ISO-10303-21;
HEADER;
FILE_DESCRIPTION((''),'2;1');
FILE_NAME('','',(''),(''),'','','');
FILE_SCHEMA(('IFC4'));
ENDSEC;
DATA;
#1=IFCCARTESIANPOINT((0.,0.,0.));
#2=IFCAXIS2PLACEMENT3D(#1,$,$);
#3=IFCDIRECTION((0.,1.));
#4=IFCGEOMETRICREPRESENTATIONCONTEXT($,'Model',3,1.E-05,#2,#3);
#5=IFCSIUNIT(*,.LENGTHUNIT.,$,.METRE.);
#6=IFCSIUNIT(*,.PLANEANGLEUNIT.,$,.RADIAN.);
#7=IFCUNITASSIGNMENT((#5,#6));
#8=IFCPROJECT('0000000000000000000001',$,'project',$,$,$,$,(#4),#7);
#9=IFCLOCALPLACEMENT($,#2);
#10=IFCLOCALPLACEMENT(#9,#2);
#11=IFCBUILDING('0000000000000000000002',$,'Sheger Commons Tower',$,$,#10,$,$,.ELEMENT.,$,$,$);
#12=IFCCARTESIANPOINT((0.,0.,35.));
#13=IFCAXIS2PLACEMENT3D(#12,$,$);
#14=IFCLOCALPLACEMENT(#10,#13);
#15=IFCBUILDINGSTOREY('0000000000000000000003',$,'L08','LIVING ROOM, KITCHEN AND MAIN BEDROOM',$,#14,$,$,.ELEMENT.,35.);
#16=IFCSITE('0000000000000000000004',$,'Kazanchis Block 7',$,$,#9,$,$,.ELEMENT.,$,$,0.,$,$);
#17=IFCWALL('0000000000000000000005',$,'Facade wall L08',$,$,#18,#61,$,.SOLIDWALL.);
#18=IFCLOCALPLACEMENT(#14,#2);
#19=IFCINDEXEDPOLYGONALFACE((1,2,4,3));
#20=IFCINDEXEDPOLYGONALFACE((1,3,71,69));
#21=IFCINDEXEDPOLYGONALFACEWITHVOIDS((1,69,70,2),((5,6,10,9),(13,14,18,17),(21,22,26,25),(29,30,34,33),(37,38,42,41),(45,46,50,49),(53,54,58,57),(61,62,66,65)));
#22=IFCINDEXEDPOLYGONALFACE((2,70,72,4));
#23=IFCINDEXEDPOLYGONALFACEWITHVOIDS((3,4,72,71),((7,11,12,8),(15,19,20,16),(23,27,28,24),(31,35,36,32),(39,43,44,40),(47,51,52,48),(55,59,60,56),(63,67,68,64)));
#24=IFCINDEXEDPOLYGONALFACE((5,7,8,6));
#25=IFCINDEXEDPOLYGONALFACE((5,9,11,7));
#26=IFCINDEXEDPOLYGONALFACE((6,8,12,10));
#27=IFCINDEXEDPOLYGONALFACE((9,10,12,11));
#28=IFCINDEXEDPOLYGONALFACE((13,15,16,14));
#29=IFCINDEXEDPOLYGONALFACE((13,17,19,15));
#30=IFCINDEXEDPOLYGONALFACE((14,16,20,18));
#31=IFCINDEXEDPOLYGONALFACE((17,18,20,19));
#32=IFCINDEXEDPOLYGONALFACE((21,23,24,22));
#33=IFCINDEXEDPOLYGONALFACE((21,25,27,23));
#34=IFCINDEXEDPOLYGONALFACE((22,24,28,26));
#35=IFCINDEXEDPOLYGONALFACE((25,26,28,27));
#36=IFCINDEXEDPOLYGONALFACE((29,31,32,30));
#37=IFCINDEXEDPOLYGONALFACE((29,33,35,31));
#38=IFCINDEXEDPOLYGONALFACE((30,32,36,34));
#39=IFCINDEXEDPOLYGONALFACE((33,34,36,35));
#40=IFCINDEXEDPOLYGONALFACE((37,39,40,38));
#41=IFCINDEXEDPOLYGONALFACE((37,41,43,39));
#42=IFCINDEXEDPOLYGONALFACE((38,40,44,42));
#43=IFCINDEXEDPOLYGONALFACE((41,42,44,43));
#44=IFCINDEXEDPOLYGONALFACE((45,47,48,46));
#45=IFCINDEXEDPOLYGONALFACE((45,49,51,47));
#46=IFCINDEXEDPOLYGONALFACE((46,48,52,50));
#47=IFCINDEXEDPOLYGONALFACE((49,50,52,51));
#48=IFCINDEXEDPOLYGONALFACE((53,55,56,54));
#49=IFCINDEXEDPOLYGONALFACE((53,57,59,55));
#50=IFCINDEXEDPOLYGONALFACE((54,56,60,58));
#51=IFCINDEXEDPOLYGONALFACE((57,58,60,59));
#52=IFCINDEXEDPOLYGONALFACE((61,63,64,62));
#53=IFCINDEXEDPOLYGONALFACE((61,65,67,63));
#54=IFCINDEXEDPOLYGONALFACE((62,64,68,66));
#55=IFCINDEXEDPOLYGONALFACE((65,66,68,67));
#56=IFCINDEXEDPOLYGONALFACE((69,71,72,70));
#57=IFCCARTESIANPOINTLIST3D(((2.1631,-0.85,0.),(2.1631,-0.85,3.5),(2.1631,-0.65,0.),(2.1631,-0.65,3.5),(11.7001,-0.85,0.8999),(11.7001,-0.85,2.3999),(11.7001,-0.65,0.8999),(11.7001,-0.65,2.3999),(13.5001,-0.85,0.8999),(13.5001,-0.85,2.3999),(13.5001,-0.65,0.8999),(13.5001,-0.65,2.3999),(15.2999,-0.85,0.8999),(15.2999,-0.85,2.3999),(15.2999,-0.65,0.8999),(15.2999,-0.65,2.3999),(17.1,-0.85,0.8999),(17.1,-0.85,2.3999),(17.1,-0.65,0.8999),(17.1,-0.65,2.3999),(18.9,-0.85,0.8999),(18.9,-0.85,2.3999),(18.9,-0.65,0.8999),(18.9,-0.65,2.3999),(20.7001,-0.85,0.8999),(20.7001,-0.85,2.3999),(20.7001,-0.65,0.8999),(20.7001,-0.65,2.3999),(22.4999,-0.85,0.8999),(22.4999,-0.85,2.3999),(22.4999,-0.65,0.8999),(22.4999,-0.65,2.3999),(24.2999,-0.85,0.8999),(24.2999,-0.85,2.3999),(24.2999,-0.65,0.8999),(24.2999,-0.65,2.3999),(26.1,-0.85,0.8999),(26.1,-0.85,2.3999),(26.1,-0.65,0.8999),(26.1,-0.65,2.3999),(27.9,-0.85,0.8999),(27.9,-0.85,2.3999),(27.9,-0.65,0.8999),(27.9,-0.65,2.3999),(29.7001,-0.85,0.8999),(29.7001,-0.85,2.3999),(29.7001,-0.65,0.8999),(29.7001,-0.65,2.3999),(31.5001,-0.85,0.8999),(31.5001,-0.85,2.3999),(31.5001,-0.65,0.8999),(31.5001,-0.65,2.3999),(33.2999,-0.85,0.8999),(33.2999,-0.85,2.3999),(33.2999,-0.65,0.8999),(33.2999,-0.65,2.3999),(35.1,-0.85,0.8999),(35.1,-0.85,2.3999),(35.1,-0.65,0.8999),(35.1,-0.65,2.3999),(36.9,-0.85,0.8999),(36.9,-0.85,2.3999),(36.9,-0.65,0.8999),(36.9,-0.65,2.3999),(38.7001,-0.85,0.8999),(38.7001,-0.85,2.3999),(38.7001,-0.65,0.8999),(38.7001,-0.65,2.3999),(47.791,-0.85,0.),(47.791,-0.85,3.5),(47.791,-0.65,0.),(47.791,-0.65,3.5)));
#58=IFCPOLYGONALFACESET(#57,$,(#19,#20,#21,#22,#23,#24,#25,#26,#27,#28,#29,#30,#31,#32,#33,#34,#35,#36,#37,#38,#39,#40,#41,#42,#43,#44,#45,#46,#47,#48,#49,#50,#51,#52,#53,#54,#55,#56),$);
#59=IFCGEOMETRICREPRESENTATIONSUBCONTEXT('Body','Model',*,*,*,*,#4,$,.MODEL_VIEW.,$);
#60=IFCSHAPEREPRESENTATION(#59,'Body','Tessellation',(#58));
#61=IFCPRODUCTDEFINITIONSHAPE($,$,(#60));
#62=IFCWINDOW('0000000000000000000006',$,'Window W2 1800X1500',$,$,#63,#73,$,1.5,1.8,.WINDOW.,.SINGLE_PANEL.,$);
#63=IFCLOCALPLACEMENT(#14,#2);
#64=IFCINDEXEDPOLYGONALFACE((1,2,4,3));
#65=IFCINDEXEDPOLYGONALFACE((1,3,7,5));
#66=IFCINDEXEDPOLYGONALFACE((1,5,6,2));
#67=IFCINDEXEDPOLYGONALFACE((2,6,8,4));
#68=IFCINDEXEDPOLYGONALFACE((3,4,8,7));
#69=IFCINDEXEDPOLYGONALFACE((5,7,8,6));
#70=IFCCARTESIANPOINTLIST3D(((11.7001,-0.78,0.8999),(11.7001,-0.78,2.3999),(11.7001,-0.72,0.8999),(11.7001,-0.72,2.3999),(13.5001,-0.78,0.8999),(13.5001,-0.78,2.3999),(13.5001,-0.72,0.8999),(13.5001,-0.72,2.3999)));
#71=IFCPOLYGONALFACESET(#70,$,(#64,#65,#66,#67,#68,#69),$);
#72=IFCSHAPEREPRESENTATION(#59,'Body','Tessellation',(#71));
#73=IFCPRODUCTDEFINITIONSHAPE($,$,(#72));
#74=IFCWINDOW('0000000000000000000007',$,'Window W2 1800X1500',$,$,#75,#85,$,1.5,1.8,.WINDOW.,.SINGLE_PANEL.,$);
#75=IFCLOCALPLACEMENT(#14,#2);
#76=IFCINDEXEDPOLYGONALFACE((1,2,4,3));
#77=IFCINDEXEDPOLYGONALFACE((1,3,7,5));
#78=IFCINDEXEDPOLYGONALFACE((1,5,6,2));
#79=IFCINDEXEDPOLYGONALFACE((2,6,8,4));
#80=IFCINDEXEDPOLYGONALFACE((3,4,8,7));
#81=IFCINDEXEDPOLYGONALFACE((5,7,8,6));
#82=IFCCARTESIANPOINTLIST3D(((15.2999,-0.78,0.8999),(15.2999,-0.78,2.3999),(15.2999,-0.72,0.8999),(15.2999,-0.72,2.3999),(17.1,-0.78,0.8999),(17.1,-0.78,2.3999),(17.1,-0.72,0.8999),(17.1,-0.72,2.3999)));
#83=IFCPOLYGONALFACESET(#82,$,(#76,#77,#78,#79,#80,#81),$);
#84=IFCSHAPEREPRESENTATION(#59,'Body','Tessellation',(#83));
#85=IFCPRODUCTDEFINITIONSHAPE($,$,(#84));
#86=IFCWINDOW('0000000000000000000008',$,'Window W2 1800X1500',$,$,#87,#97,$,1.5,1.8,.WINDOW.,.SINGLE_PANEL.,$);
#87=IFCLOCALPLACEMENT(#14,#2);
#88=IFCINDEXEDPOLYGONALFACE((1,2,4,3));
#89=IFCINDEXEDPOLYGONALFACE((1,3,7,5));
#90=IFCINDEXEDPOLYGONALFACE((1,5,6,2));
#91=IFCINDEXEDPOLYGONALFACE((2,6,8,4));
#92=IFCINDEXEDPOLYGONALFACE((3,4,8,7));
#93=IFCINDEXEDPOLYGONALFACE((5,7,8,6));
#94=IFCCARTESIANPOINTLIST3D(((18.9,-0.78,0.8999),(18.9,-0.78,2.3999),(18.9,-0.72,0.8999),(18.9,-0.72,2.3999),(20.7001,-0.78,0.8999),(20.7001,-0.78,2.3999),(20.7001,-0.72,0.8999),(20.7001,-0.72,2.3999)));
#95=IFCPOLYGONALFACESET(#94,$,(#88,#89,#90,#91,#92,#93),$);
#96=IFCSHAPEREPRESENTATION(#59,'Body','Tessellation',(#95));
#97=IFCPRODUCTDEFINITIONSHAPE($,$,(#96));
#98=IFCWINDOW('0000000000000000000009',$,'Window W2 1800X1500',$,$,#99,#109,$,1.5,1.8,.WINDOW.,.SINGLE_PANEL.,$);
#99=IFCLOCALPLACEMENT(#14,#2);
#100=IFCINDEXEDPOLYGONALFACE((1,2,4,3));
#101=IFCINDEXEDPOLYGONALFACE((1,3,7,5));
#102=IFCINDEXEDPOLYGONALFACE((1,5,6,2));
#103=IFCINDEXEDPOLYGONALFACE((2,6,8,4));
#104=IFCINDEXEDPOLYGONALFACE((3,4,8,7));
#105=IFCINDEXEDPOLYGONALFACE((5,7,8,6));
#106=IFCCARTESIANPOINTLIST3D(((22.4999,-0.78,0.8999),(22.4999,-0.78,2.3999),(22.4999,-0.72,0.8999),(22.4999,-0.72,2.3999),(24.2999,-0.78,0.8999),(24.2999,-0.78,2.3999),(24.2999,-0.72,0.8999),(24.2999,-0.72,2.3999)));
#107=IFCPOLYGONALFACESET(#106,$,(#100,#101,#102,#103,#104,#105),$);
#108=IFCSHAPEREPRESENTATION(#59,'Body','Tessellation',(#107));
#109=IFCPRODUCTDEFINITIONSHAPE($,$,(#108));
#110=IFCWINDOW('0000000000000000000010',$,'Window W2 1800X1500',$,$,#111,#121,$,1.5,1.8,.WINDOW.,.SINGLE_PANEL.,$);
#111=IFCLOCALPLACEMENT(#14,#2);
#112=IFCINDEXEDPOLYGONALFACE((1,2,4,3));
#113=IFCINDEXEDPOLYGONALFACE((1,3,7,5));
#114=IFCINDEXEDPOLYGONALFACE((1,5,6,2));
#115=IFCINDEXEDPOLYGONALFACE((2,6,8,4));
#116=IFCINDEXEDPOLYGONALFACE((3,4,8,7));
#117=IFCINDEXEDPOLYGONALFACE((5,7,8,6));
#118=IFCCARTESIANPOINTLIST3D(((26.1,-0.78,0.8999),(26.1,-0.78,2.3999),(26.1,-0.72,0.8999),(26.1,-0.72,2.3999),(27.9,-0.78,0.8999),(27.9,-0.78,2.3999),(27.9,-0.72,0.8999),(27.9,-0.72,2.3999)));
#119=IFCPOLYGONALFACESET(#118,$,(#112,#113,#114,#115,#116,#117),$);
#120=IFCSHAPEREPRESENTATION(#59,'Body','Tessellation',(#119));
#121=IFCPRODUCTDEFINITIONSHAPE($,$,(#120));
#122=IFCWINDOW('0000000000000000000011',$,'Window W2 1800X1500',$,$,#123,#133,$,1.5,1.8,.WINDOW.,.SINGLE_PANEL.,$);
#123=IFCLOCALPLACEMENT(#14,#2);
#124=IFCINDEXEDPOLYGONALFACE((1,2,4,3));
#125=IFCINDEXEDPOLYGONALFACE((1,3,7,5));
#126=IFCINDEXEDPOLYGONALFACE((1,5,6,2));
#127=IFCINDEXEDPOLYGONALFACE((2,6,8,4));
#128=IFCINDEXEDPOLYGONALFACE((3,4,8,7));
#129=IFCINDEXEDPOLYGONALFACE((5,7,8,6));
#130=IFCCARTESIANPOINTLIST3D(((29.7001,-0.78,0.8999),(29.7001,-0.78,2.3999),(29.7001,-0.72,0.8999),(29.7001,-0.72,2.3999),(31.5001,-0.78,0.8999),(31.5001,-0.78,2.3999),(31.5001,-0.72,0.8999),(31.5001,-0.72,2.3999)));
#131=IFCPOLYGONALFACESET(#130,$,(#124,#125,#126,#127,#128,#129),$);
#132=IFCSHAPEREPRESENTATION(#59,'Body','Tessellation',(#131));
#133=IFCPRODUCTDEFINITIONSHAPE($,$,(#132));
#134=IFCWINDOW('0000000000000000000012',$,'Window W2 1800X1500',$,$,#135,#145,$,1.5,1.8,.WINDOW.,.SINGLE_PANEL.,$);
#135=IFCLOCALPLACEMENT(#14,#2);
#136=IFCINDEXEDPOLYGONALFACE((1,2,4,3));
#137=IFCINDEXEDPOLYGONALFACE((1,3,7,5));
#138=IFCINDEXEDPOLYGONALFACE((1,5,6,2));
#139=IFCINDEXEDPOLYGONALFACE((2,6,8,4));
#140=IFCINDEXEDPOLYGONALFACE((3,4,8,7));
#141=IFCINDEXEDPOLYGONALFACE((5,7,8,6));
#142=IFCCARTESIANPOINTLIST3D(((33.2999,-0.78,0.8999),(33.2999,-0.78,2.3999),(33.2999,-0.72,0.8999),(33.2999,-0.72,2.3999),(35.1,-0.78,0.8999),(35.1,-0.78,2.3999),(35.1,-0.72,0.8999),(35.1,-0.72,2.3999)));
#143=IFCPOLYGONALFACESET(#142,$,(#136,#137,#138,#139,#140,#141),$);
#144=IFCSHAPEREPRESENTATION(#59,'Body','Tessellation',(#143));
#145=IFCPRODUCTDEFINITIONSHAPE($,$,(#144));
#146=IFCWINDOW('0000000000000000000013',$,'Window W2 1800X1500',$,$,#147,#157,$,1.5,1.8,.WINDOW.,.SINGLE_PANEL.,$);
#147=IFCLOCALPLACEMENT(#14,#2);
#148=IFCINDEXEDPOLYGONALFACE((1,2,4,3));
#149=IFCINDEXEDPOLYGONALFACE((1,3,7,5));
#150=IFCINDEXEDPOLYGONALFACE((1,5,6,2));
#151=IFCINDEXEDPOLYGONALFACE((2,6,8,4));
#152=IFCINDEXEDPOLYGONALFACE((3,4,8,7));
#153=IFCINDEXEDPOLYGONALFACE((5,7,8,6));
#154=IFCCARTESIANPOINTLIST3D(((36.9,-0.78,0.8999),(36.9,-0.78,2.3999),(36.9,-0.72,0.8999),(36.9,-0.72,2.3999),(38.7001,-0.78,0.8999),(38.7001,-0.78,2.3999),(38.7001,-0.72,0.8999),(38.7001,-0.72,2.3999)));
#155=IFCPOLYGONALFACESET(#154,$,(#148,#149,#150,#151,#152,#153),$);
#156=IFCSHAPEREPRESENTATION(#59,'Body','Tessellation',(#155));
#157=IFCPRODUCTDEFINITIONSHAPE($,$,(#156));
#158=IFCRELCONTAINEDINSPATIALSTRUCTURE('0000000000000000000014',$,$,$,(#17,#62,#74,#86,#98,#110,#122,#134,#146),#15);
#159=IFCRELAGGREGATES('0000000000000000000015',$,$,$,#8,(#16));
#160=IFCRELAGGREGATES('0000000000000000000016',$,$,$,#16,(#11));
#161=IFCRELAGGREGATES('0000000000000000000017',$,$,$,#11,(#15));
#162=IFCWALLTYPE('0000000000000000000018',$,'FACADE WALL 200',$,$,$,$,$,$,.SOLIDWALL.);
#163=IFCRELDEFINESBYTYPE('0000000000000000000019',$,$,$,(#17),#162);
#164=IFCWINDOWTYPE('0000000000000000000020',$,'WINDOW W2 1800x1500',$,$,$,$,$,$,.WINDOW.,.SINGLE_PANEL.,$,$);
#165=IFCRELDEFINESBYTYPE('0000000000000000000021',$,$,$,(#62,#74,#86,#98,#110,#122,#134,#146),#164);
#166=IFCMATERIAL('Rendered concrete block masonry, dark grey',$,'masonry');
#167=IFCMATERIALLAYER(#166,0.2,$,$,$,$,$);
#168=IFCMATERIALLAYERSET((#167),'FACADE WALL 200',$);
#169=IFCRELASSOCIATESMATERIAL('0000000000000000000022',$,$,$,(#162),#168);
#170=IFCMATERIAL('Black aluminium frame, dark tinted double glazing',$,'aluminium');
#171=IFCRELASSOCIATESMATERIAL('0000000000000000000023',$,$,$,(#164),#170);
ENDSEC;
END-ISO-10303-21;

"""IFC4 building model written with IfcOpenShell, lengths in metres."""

from ifc_helpers import new_model, si_unit, direction, frame, frame_2d, origin, place, context, subcontext, project, spatial, rectangle, extrude, material, layer, layer_set, type_object, element, fill, save


model = new_model("IFC4")

# Units and contexts
model_context = context("Model", 3, precision=1e-05, world=origin(), true_north=direction((0.0, 1.0)))
body_context = subcontext(model_context, "Body", "Model", "MODEL_VIEW")
ifc_project = project(units=[si_unit("LENGTHUNIT", "METRE"), si_unit("PLANEANGLEUNIT", "RADIAN")], contexts=[model_context])

# Site, building, storey
site_placement = place(None, origin())
site = spatial("IfcSite", under=ifc_project, at=site_placement, Name="Kazanchis Block 7", CompositionType="ELEMENT", RefElevation=0.0)
building_placement = place(site_placement, origin())
building = spatial("IfcBuilding", under=site, at=building_placement, Name="Sheger Commons Tower", CompositionType="ELEMENT")
storey_placement = place(building_placement, frame((0.0, 0.0, 35.0)))
storey = spatial("IfcBuildingStorey", under=building, at=storey_placement, Name="L08", Description="LIVING ROOM, KITCHEN AND MAIN BEDROOM", CompositionType="ELEMENT", Elevation=35.0)

# Wall, openings, windows
ifc_material_1 = material(Name="Rendered concrete block masonry, dark grey", Category="masonry")
ifc_layer_1 = layer(ifc_material_1, 0.2)
ifc_layer_set_1 = layer_set([ifc_layer_1], Name="FACADE WALL 200")
wall_type_1 = type_object("IfcWallType", Name="FACADE WALL 200", PredefinedType="SOLIDWALL", material=ifc_layer_set_1)
wall_1_placement = place(storey_placement, frame((2.1631, -0.75, 0.0), z_axis=(0.0, 0.0, 1.0), x_axis=(1.0, 0.0, 0.0)))
wall_1 = element("IfcWall", 1, at=wall_1_placement, inside=storey, type_object=wall_type_1, Name="Facade wall L08", PredefinedType="SOLIDWALL", context=body_context, shape_type="SweptSolid", body=[
    extrude(rectangle(XDim=45.6279, YDim=0.2, at=frame_2d((22.814, 0.0))), origin(), (0.0, 0.0, 1.0), 3.5),
])
opening_1_placement = place(wall_1_placement, frame((9.5371, 0.0, 0.8999)))
opening_1 = element("IfcOpeningElement", 2, at=opening_1_placement, cuts=wall_1, PredefinedType="OPENING", context=body_context, shape_type="SweptSolid", body=[
    extrude(rectangle(XDim=1.8, YDim=1.5, at=frame_2d((0.8999, 0.75))), frame((0.0, 0.1099, 0.0), z_axis=(0.0, -1.0, 0.0), x_axis=(1.0, 0.0, 0.0)), (0.0, 0.0, 1.0), 0.22),
])
opening_2_placement = place(wall_1_placement, frame((13.137, 0.0, 0.8999)))
opening_2 = element("IfcOpeningElement", 3, at=opening_2_placement, cuts=wall_1, PredefinedType="OPENING", context=body_context, shape_type="SweptSolid", body=[
    extrude(rectangle(XDim=1.8, YDim=1.5, at=frame_2d((0.8999, 0.75))), frame((0.0, 0.1099, 0.0), z_axis=(0.0, -1.0, 0.0), x_axis=(1.0, 0.0, 0.0)), (0.0, 0.0, 1.0), 0.22),
])
opening_3_placement = place(wall_1_placement, frame((16.7371, 0.0, 0.8999)))
opening_3 = element("IfcOpeningElement", 4, at=opening_3_placement, cuts=wall_1, PredefinedType="OPENING", context=body_context, shape_type="SweptSolid", body=[
    extrude(rectangle(XDim=1.8, YDim=1.5, at=frame_2d((0.8999, 0.75))), frame((0.0, 0.1099, 0.0), z_axis=(0.0, -1.0, 0.0), x_axis=(1.0, 0.0, 0.0)), (0.0, 0.0, 1.0), 0.22),
])
opening_4_placement = place(wall_1_placement, frame((20.3369, 0.0, 0.8999)))
opening_4 = element("IfcOpeningElement", 5, at=opening_4_placement, cuts=wall_1, PredefinedType="OPENING", context=body_context, shape_type="SweptSolid", body=[
    extrude(rectangle(XDim=1.8, YDim=1.5, at=frame_2d((0.8999, 0.75))), frame((0.0, 0.1099, 0.0), z_axis=(0.0, -1.0, 0.0), x_axis=(1.0, 0.0, 0.0)), (0.0, 0.0, 1.0), 0.22),
])
opening_5_placement = place(wall_1_placement, frame((23.937, 0.0, 0.8999)))
opening_5 = element("IfcOpeningElement", 6, at=opening_5_placement, cuts=wall_1, PredefinedType="OPENING", context=body_context, shape_type="SweptSolid", body=[
    extrude(rectangle(XDim=1.8, YDim=1.5, at=frame_2d((0.8999, 0.75))), frame((0.0, 0.1099, 0.0), z_axis=(0.0, -1.0, 0.0), x_axis=(1.0, 0.0, 0.0)), (0.0, 0.0, 1.0), 0.22),
])
opening_6_placement = place(wall_1_placement, frame((27.5371, 0.0, 0.8999)))
opening_6 = element("IfcOpeningElement", 7, at=opening_6_placement, cuts=wall_1, PredefinedType="OPENING", context=body_context, shape_type="SweptSolid", body=[
    extrude(rectangle(XDim=1.8, YDim=1.5, at=frame_2d((0.8999, 0.75))), frame((0.0, 0.1099, 0.0), z_axis=(0.0, -1.0, 0.0), x_axis=(1.0, 0.0, 0.0)), (0.0, 0.0, 1.0), 0.22),
])
opening_7_placement = place(wall_1_placement, frame((31.137, 0.0, 0.8999)))
opening_7 = element("IfcOpeningElement", 8, at=opening_7_placement, cuts=wall_1, PredefinedType="OPENING", context=body_context, shape_type="SweptSolid", body=[
    extrude(rectangle(XDim=1.8, YDim=1.5, at=frame_2d((0.8999, 0.75))), frame((0.0, 0.1099, 0.0), z_axis=(0.0, -1.0, 0.0), x_axis=(1.0, 0.0, 0.0)), (0.0, 0.0, 1.0), 0.22),
])
opening_8_placement = place(wall_1_placement, frame((34.7371, 0.0, 0.8999)))
opening_8 = element("IfcOpeningElement", 9, at=opening_8_placement, cuts=wall_1, PredefinedType="OPENING", context=body_context, shape_type="SweptSolid", body=[
    extrude(rectangle(XDim=1.8, YDim=1.5, at=frame_2d((0.8999, 0.75))), frame((0.0, 0.1099, 0.0), z_axis=(0.0, -1.0, 0.0), x_axis=(1.0, 0.0, 0.0)), (0.0, 0.0, 1.0), 0.22),
])
ifc_material_2 = material(Name="Black aluminium frame, dark tinted double glazing", Category="aluminium")
window_type = type_object("IfcWindowType", Name="WINDOW W2 1800x1500", PartitioningType="SINGLE_PANEL", PredefinedType="WINDOW", material=ifc_material_2)
window_1_placement = place(opening_1_placement, origin())
window_1 = element("IfcWindow", 10, at=window_1_placement, inside=storey, type_object=window_type, Name="Window W2 1800X1500", OverallHeight=1.5, OverallWidth=1.8, PartitioningType="SINGLE_PANEL", PredefinedType="WINDOW", context=body_context, shape_type="SweptSolid", body=[
    extrude(rectangle(XDim=1.8, YDim=1.5, at=frame_2d((0.8999, 0.75))), frame((0.0, 0.03, 0.0), z_axis=(0.0, -1.0, 0.0), x_axis=(1.0, 0.0, 0.0)), (0.0, 0.0, 1.0), 0.0601),
])
fill(opening_1, window_1)
window_2_placement = place(opening_2_placement, origin())
window_2 = element("IfcWindow", 11, at=window_2_placement, inside=storey, type_object=window_type, Name="Window W2 1800X1500", OverallHeight=1.5, OverallWidth=1.8, PartitioningType="SINGLE_PANEL", PredefinedType="WINDOW", context=body_context, shape_type="SweptSolid", body=[
    extrude(rectangle(XDim=1.8, YDim=1.5, at=frame_2d((0.8999, 0.75))), frame((0.0, 0.03, 0.0), z_axis=(0.0, -1.0, 0.0), x_axis=(1.0, 0.0, 0.0)), (0.0, 0.0, 1.0), 0.0601),
])
fill(opening_2, window_2)
window_3_placement = place(opening_3_placement, origin())
window_3 = element("IfcWindow", 12, at=window_3_placement, inside=storey, type_object=window_type, Name="Window W2 1800X1500", OverallHeight=1.5, OverallWidth=1.8, PartitioningType="SINGLE_PANEL", PredefinedType="WINDOW", context=body_context, shape_type="SweptSolid", body=[
    extrude(rectangle(XDim=1.8, YDim=1.5, at=frame_2d((0.8999, 0.75))), frame((0.0, 0.03, 0.0), z_axis=(0.0, -1.0, 0.0), x_axis=(1.0, 0.0, 0.0)), (0.0, 0.0, 1.0), 0.0601),
])
fill(opening_3, window_3)
window_4_placement = place(opening_4_placement, origin())
window_4 = element("IfcWindow", 13, at=window_4_placement, inside=storey, type_object=window_type, Name="Window W2 1800X1500", OverallHeight=1.5, OverallWidth=1.8, PartitioningType="SINGLE_PANEL", PredefinedType="WINDOW", context=body_context, shape_type="SweptSolid", body=[
    extrude(rectangle(XDim=1.8, YDim=1.5, at=frame_2d((0.8999, 0.75))), frame((0.0, 0.03, 0.0), z_axis=(0.0, -1.0, 0.0), x_axis=(1.0, 0.0, 0.0)), (0.0, 0.0, 1.0), 0.0601),
])
fill(opening_4, window_4)
window_5_placement = place(opening_5_placement, origin())
window_5 = element("IfcWindow", 14, at=window_5_placement, inside=storey, type_object=window_type, Name="Window W2 1800X1500", OverallHeight=1.5, OverallWidth=1.8, PartitioningType="SINGLE_PANEL", PredefinedType="WINDOW", context=body_context, shape_type="SweptSolid", body=[
    extrude(rectangle(XDim=1.8, YDim=1.5, at=frame_2d((0.8999, 0.75))), frame((0.0, 0.03, 0.0), z_axis=(0.0, -1.0, 0.0), x_axis=(1.0, 0.0, 0.0)), (0.0, 0.0, 1.0), 0.0601),
])
fill(opening_5, window_5)
window_6_placement = place(opening_6_placement, origin())
window_6 = element("IfcWindow", 15, at=window_6_placement, inside=storey, type_object=window_type, Name="Window W2 1800X1500", OverallHeight=1.5, OverallWidth=1.8, PartitioningType="SINGLE_PANEL", PredefinedType="WINDOW", context=body_context, shape_type="SweptSolid", body=[
    extrude(rectangle(XDim=1.8, YDim=1.5, at=frame_2d((0.8999, 0.75))), frame((0.0, 0.03, 0.0), z_axis=(0.0, -1.0, 0.0), x_axis=(1.0, 0.0, 0.0)), (0.0, 0.0, 1.0), 0.0601),
])
fill(opening_6, window_6)
window_7_placement = place(opening_7_placement, origin())
window_7 = element("IfcWindow", 16, at=window_7_placement, inside=storey, type_object=window_type, Name="Window W2 1800X1500", OverallHeight=1.5, OverallWidth=1.8, PartitioningType="SINGLE_PANEL", PredefinedType="WINDOW", context=body_context, shape_type="SweptSolid", body=[
    extrude(rectangle(XDim=1.8, YDim=1.5, at=frame_2d((0.8999, 0.75))), frame((0.0, 0.03, 0.0), z_axis=(0.0, -1.0, 0.0), x_axis=(1.0, 0.0, 0.0)), (0.0, 0.0, 1.0), 0.0601),
])
fill(opening_7, window_7)
window_8_placement = place(opening_8_placement, origin())
window_8 = element("IfcWindow", 17, at=window_8_placement, inside=storey, type_object=window_type, Name="Window W2 1800X1500", OverallHeight=1.5, OverallWidth=1.8, PartitioningType="SINGLE_PANEL", PredefinedType="WINDOW", context=body_context, shape_type="SweptSolid", body=[
    extrude(rectangle(XDim=1.8, YDim=1.5, at=frame_2d((0.8999, 0.75))), frame((0.0, 0.03, 0.0), z_axis=(0.0, -1.0, 0.0), x_axis=(1.0, 0.0, 0.0)), (0.0, 0.0, 1.0), 0.0601),
])
fill(opening_8, window_8)

save(model, "model.ifc")
